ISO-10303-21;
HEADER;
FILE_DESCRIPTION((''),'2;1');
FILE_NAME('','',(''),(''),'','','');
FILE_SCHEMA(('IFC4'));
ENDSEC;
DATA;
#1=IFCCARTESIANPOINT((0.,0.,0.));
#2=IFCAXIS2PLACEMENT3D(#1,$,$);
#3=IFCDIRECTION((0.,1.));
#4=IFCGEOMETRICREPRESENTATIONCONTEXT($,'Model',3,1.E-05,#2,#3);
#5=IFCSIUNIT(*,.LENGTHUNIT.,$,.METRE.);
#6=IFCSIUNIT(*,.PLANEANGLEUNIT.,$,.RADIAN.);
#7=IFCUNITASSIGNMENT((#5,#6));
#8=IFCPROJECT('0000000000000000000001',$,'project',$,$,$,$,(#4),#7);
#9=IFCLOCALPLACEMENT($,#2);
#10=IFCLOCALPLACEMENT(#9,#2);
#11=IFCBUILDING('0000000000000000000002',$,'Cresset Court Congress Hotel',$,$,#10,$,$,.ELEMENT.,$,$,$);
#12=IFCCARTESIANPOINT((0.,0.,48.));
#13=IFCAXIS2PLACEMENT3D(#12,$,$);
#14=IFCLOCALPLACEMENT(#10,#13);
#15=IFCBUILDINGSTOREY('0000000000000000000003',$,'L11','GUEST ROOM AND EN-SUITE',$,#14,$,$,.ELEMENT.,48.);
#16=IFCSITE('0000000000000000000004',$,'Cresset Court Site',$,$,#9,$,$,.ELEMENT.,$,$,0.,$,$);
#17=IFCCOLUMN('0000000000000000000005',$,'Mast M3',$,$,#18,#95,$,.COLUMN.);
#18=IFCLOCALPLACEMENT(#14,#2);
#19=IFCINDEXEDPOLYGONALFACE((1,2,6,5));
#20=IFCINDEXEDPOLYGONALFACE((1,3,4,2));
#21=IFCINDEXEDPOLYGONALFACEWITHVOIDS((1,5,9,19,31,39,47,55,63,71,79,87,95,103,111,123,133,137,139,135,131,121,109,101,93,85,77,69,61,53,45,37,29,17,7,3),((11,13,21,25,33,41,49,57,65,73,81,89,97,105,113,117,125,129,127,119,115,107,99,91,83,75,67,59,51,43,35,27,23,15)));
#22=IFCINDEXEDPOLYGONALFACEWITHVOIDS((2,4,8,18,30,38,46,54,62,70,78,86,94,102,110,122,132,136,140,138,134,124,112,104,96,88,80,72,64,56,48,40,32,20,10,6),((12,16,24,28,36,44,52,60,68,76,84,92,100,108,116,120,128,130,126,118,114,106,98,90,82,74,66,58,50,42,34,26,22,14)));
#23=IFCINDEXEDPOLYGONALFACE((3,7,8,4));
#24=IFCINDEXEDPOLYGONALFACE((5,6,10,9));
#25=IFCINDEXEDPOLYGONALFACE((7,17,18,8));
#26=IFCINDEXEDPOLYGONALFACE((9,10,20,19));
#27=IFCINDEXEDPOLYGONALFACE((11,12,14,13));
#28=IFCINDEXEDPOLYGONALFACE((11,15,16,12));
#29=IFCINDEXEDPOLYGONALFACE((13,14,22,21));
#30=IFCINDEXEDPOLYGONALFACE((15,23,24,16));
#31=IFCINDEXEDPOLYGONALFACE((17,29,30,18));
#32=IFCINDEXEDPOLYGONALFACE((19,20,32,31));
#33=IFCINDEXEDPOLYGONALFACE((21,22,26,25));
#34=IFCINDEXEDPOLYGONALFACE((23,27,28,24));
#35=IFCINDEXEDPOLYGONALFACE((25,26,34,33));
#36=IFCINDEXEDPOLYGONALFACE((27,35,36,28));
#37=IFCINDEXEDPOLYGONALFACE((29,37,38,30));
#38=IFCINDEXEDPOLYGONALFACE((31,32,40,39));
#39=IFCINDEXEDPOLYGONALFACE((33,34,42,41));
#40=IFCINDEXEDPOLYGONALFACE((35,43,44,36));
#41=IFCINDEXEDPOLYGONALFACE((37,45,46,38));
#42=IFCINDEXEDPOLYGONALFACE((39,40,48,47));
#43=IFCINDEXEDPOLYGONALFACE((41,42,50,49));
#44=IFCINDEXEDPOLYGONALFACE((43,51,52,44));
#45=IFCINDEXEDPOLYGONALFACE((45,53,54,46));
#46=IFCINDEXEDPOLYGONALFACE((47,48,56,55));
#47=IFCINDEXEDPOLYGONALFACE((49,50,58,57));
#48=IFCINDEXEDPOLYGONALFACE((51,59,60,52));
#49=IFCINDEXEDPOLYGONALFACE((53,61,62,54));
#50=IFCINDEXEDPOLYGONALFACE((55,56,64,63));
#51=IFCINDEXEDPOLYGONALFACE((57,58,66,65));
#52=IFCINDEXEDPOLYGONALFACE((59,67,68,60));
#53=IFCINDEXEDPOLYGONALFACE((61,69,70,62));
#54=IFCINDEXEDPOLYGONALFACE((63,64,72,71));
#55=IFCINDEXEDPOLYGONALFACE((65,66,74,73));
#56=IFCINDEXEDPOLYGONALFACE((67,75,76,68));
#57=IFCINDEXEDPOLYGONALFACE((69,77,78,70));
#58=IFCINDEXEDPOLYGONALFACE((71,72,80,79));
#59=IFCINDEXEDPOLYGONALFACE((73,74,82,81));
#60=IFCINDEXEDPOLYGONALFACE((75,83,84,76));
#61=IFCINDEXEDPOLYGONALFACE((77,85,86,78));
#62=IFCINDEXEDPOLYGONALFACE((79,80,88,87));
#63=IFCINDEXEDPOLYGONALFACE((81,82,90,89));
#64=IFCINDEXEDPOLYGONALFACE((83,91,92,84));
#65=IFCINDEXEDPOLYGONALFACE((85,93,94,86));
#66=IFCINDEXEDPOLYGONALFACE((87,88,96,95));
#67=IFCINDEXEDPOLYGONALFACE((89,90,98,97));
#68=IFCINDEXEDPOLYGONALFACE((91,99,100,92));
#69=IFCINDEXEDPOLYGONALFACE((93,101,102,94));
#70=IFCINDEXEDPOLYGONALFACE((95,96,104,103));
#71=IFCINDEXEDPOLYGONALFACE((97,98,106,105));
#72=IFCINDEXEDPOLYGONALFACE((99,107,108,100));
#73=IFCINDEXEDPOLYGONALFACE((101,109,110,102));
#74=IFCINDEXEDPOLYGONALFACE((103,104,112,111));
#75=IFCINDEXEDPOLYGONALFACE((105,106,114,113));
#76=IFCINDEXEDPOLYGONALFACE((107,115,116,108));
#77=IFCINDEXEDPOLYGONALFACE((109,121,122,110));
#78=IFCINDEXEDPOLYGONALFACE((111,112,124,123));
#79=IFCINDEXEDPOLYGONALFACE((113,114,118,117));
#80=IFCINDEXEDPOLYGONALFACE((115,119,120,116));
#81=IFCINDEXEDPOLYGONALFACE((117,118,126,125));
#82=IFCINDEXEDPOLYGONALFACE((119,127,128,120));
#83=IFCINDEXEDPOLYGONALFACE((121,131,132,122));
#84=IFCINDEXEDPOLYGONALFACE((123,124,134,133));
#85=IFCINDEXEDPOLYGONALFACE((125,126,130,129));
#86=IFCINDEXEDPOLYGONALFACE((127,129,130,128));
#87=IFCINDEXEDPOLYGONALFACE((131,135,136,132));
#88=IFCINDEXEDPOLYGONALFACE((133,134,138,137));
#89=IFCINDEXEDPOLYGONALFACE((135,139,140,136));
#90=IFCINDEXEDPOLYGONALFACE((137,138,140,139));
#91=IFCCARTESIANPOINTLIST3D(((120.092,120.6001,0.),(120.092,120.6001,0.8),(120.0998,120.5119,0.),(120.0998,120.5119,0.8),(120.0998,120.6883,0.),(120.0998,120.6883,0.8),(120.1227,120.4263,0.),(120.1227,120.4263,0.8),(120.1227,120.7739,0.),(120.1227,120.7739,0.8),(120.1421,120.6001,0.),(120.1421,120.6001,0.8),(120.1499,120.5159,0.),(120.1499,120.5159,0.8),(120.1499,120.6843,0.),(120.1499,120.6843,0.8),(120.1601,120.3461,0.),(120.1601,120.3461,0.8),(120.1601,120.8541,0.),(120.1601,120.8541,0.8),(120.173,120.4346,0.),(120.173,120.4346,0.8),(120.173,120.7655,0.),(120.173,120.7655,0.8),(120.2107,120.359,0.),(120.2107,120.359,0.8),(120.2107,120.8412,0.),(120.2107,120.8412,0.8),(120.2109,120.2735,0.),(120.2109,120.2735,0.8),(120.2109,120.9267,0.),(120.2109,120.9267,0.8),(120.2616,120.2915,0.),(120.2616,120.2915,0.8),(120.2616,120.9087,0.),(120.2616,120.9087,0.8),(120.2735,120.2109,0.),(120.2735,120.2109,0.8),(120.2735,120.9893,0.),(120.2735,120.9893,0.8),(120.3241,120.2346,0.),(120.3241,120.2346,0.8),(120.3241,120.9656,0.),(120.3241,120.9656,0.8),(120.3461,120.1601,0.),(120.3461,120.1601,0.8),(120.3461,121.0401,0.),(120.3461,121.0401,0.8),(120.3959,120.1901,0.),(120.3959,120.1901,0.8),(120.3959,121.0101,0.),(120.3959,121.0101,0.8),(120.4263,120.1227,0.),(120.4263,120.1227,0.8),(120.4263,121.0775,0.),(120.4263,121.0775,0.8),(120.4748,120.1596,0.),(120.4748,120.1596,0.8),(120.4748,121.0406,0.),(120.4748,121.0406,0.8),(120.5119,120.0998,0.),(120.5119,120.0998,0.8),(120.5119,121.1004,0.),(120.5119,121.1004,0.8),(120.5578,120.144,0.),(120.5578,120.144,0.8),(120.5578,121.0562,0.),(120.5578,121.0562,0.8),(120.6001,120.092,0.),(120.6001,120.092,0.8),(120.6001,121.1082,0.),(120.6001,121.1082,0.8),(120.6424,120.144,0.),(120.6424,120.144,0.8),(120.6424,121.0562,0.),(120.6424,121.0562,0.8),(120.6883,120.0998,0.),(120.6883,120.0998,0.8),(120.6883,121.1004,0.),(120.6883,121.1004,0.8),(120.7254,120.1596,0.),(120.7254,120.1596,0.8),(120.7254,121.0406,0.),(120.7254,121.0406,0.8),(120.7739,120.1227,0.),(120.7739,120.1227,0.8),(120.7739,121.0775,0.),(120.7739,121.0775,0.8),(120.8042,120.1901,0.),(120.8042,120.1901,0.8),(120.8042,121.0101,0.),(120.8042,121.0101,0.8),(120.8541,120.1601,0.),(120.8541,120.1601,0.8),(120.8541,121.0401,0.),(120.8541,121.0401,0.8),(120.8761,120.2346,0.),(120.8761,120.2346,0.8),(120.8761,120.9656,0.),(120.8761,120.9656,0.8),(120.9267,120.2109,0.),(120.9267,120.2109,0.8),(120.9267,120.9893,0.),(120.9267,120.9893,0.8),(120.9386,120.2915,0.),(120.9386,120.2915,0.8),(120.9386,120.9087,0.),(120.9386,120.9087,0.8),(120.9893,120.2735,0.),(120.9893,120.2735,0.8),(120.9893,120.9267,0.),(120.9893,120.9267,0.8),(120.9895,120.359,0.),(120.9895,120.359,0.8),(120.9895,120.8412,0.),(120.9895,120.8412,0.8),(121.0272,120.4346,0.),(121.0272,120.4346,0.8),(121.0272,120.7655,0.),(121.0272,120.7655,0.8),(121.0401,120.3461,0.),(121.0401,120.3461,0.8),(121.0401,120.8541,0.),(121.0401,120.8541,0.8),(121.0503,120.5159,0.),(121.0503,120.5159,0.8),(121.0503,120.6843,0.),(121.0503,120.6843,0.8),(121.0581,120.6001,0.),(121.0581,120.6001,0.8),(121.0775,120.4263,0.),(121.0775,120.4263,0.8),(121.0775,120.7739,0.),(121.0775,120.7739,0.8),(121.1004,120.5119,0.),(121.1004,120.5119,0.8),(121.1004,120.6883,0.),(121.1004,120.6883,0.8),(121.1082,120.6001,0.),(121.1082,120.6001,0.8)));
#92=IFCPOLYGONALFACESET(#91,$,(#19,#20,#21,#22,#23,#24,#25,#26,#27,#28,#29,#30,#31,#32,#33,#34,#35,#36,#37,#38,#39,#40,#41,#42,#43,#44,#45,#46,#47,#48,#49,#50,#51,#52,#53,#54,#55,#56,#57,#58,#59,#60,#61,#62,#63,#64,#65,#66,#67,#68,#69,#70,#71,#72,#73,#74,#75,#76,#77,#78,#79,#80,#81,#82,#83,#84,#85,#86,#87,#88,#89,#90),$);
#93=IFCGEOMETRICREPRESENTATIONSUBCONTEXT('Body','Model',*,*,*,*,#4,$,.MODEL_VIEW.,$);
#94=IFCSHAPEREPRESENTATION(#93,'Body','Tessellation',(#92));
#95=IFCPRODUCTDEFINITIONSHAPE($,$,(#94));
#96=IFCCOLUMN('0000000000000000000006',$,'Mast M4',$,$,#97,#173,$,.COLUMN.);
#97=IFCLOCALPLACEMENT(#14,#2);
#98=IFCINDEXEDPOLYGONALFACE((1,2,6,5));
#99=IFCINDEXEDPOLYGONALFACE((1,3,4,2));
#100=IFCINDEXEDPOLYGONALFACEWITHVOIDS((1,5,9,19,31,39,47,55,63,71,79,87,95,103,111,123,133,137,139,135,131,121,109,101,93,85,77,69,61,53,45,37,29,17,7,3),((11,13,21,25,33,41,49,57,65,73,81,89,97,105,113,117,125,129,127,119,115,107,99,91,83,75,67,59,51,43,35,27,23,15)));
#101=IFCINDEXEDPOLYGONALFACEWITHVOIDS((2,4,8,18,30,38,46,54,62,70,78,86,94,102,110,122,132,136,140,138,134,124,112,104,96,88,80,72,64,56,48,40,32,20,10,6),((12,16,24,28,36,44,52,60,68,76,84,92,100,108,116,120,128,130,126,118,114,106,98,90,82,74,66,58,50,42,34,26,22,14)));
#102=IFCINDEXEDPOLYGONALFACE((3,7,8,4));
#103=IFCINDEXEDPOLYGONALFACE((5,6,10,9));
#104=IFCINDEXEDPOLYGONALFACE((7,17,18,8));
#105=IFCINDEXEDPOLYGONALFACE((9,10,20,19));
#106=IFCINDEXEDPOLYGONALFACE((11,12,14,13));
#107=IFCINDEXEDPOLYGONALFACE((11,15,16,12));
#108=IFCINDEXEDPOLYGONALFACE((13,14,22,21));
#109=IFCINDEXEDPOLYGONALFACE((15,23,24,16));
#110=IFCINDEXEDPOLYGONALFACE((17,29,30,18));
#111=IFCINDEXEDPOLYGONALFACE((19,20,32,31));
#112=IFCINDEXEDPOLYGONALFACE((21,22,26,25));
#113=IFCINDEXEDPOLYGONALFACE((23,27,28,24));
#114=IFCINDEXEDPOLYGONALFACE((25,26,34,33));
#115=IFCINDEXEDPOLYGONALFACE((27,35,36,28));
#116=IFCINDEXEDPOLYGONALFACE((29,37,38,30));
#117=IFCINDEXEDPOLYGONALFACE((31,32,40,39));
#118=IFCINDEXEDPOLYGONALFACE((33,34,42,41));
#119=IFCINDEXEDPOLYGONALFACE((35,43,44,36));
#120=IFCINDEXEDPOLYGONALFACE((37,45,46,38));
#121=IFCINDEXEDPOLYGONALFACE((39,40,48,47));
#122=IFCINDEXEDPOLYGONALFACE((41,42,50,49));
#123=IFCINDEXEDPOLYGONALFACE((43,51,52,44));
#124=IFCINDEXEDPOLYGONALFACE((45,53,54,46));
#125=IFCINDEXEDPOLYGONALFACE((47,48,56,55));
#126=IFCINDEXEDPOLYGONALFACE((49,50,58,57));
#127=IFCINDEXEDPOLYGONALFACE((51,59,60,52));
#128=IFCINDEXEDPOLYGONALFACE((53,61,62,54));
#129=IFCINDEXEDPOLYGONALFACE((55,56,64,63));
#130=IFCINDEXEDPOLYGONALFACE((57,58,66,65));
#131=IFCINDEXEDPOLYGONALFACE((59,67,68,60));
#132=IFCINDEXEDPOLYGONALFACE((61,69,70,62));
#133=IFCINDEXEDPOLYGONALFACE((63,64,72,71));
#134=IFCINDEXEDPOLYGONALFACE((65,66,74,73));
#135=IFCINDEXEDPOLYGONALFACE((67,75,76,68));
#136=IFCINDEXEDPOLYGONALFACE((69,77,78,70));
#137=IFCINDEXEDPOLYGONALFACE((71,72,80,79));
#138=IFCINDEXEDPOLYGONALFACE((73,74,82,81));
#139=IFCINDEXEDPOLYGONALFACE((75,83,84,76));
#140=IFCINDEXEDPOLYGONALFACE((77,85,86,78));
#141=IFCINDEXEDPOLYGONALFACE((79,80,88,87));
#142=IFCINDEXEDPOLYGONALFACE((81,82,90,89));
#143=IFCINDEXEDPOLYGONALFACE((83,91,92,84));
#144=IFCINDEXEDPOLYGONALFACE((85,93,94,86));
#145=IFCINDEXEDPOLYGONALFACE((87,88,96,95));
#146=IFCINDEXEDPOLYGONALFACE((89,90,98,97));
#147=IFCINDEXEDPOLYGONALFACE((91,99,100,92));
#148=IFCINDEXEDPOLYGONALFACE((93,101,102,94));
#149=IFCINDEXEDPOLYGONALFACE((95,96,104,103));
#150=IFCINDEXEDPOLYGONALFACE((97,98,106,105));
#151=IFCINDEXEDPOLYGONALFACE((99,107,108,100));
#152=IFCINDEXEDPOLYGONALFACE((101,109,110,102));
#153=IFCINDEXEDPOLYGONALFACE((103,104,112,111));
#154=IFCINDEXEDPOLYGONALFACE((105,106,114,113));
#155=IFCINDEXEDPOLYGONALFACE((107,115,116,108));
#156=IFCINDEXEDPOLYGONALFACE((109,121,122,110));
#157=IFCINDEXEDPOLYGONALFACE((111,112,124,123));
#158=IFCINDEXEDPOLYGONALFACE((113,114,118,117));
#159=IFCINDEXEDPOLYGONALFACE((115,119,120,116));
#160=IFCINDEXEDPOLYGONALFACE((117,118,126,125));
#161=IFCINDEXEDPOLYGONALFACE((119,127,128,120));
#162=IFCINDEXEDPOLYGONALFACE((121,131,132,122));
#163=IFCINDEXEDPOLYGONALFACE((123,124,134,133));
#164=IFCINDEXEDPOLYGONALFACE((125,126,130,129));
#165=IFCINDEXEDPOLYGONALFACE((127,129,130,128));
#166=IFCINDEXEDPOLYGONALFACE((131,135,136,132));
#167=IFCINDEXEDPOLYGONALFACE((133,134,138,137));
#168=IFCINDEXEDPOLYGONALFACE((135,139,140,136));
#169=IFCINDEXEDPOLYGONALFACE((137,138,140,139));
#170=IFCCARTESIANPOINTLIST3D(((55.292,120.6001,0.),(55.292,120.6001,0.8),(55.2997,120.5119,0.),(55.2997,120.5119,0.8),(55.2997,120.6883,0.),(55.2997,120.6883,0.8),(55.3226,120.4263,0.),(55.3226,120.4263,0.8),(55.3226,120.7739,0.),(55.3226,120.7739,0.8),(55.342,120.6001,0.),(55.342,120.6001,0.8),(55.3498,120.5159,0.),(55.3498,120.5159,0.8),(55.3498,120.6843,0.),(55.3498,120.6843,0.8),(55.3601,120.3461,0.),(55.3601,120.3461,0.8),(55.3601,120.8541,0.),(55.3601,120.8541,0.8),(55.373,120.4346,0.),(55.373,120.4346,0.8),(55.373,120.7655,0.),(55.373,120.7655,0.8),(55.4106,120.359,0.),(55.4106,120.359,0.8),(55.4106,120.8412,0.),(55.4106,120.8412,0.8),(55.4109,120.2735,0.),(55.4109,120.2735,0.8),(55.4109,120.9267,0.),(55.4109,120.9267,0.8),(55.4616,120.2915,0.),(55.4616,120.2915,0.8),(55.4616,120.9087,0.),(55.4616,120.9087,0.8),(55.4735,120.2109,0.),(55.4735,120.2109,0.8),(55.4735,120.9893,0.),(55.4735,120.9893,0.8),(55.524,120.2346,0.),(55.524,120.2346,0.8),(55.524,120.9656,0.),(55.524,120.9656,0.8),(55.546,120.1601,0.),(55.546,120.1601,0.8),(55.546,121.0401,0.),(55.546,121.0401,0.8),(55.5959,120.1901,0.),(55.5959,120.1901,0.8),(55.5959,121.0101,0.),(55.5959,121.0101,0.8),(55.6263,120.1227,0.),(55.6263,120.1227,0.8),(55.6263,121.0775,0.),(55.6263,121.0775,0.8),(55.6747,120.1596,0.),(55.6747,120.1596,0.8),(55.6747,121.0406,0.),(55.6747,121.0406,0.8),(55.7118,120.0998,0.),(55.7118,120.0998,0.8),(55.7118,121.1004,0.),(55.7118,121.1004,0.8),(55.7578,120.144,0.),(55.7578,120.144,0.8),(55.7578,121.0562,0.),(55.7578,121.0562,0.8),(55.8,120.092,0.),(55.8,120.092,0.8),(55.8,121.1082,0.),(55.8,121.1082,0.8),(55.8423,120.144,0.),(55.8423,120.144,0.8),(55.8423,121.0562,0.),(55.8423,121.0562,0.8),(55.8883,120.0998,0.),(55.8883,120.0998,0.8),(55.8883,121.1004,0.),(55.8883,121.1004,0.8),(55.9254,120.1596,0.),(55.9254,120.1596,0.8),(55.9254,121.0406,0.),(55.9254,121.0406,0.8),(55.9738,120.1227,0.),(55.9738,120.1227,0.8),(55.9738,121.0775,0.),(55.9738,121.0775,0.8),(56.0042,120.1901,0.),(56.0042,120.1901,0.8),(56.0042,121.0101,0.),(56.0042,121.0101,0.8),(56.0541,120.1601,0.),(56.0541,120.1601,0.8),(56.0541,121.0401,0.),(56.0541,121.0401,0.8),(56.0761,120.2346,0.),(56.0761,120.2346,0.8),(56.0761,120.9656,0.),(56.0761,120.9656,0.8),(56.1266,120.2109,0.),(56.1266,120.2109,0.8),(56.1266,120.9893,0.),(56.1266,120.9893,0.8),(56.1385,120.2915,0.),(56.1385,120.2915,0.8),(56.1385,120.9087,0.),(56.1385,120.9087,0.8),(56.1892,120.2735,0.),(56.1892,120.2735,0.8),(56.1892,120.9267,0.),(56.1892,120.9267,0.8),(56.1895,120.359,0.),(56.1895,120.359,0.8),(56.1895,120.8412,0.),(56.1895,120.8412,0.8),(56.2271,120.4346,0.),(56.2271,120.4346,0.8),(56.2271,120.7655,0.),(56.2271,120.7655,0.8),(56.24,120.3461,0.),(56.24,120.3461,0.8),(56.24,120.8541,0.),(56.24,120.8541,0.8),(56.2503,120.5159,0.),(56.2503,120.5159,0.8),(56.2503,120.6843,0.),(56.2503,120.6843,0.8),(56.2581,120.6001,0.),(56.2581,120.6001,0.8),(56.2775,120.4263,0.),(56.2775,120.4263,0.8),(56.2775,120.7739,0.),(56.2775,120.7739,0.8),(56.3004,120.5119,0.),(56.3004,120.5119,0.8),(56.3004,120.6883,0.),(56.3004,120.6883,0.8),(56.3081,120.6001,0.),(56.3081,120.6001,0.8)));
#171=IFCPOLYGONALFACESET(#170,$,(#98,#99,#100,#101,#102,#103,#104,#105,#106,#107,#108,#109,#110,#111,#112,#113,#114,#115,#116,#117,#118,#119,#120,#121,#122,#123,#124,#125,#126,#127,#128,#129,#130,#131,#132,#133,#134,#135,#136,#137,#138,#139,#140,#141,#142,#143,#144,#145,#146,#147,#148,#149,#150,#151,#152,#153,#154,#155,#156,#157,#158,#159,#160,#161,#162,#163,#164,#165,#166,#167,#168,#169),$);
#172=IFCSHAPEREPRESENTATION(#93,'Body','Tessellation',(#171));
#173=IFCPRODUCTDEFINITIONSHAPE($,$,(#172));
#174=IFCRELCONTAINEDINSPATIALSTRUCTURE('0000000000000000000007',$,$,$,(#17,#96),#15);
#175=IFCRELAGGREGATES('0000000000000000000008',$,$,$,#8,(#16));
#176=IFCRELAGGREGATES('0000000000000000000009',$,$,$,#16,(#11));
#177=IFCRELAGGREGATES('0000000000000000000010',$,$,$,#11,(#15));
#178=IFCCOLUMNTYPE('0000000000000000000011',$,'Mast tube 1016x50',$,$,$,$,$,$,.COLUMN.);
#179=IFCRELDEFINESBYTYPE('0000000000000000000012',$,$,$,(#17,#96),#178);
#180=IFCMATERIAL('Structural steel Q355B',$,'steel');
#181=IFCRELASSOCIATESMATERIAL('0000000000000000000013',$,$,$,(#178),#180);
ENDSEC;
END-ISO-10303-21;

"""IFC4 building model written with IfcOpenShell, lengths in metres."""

from ifc_helpers import new_model, si_unit, direction, frame, origin, origin_2d, place, context, subcontext, project, spatial, hollow_circle, extrude, material, material_profile, profile_set, type_object, element, save


model = new_model("IFC4")

# Units and contexts
model_context = context("Model", 3, precision=1e-05, world=origin(), true_north=direction((0.0, 1.0)))
body_context = subcontext(model_context, "Body", "Model", "MODEL_VIEW")
ifc_project = project(units=[si_unit("LENGTHUNIT", "METRE"), si_unit("PLANEANGLEUNIT", "RADIAN")], contexts=[model_context])

# Site, building, storey
site_placement = place(None, origin())
site = spatial("IfcSite", under=ifc_project, at=site_placement, Name="Cresset Court Site", CompositionType="ELEMENT", RefElevation=0.0)
building_placement = place(site_placement, origin())
building = spatial("IfcBuilding", under=site, at=building_placement, Name="Cresset Court Congress Hotel", CompositionType="ELEMENT")
storey_placement = place(building_placement, frame((0.0, 0.0, 48.0)))
storey = spatial("IfcBuildingStorey", under=building, at=storey_placement, Name="L11", Description="GUEST ROOM AND EN-SUITE", CompositionType="ELEMENT", Elevation=48.0)

# Columns
ifc_material_1 = material(Name="Structural steel Q355B", Category="steel")
ifc_material_profile = material_profile(ifc_material_1, hollow_circle(Radius=0.5081, WallThickness=0.05, at=origin_2d()), Name="CHS1016x50")
ifc_profile_set = profile_set([ifc_material_profile], Name="Structural steel Q355B")
column_type = type_object("IfcColumnType", Name="Mast tube 1016x50", PredefinedType="COLUMN", material=ifc_profile_set)
for number, where, z_axis, x_axis, name in (
    (1, (120.6001, 120.6001, 0.0), (0.0, 0.0, 1.0), (1.0, 0.0, 0.0), "Mast M3"),
    (2, (55.8, 120.6001, 0.0), (0.0, 0.0, 1.0), (1.0, 0.0, 0.0), "Mast M4"),
):
    element("IfcColumn", number, at=place(storey_placement, frame(where, z_axis=z_axis, x_axis=x_axis)), inside=storey, type_object=column_type, Name=name, PredefinedType="COLUMN", context=body_context, shape_type="SweptSolid", body=[
        extrude(hollow_circle(Radius=0.5081, WallThickness=0.05, at=origin_2d()), origin(), (0.0, 0.0, 1.0), 0.8),
    ])

save(model, "model.ifc")
